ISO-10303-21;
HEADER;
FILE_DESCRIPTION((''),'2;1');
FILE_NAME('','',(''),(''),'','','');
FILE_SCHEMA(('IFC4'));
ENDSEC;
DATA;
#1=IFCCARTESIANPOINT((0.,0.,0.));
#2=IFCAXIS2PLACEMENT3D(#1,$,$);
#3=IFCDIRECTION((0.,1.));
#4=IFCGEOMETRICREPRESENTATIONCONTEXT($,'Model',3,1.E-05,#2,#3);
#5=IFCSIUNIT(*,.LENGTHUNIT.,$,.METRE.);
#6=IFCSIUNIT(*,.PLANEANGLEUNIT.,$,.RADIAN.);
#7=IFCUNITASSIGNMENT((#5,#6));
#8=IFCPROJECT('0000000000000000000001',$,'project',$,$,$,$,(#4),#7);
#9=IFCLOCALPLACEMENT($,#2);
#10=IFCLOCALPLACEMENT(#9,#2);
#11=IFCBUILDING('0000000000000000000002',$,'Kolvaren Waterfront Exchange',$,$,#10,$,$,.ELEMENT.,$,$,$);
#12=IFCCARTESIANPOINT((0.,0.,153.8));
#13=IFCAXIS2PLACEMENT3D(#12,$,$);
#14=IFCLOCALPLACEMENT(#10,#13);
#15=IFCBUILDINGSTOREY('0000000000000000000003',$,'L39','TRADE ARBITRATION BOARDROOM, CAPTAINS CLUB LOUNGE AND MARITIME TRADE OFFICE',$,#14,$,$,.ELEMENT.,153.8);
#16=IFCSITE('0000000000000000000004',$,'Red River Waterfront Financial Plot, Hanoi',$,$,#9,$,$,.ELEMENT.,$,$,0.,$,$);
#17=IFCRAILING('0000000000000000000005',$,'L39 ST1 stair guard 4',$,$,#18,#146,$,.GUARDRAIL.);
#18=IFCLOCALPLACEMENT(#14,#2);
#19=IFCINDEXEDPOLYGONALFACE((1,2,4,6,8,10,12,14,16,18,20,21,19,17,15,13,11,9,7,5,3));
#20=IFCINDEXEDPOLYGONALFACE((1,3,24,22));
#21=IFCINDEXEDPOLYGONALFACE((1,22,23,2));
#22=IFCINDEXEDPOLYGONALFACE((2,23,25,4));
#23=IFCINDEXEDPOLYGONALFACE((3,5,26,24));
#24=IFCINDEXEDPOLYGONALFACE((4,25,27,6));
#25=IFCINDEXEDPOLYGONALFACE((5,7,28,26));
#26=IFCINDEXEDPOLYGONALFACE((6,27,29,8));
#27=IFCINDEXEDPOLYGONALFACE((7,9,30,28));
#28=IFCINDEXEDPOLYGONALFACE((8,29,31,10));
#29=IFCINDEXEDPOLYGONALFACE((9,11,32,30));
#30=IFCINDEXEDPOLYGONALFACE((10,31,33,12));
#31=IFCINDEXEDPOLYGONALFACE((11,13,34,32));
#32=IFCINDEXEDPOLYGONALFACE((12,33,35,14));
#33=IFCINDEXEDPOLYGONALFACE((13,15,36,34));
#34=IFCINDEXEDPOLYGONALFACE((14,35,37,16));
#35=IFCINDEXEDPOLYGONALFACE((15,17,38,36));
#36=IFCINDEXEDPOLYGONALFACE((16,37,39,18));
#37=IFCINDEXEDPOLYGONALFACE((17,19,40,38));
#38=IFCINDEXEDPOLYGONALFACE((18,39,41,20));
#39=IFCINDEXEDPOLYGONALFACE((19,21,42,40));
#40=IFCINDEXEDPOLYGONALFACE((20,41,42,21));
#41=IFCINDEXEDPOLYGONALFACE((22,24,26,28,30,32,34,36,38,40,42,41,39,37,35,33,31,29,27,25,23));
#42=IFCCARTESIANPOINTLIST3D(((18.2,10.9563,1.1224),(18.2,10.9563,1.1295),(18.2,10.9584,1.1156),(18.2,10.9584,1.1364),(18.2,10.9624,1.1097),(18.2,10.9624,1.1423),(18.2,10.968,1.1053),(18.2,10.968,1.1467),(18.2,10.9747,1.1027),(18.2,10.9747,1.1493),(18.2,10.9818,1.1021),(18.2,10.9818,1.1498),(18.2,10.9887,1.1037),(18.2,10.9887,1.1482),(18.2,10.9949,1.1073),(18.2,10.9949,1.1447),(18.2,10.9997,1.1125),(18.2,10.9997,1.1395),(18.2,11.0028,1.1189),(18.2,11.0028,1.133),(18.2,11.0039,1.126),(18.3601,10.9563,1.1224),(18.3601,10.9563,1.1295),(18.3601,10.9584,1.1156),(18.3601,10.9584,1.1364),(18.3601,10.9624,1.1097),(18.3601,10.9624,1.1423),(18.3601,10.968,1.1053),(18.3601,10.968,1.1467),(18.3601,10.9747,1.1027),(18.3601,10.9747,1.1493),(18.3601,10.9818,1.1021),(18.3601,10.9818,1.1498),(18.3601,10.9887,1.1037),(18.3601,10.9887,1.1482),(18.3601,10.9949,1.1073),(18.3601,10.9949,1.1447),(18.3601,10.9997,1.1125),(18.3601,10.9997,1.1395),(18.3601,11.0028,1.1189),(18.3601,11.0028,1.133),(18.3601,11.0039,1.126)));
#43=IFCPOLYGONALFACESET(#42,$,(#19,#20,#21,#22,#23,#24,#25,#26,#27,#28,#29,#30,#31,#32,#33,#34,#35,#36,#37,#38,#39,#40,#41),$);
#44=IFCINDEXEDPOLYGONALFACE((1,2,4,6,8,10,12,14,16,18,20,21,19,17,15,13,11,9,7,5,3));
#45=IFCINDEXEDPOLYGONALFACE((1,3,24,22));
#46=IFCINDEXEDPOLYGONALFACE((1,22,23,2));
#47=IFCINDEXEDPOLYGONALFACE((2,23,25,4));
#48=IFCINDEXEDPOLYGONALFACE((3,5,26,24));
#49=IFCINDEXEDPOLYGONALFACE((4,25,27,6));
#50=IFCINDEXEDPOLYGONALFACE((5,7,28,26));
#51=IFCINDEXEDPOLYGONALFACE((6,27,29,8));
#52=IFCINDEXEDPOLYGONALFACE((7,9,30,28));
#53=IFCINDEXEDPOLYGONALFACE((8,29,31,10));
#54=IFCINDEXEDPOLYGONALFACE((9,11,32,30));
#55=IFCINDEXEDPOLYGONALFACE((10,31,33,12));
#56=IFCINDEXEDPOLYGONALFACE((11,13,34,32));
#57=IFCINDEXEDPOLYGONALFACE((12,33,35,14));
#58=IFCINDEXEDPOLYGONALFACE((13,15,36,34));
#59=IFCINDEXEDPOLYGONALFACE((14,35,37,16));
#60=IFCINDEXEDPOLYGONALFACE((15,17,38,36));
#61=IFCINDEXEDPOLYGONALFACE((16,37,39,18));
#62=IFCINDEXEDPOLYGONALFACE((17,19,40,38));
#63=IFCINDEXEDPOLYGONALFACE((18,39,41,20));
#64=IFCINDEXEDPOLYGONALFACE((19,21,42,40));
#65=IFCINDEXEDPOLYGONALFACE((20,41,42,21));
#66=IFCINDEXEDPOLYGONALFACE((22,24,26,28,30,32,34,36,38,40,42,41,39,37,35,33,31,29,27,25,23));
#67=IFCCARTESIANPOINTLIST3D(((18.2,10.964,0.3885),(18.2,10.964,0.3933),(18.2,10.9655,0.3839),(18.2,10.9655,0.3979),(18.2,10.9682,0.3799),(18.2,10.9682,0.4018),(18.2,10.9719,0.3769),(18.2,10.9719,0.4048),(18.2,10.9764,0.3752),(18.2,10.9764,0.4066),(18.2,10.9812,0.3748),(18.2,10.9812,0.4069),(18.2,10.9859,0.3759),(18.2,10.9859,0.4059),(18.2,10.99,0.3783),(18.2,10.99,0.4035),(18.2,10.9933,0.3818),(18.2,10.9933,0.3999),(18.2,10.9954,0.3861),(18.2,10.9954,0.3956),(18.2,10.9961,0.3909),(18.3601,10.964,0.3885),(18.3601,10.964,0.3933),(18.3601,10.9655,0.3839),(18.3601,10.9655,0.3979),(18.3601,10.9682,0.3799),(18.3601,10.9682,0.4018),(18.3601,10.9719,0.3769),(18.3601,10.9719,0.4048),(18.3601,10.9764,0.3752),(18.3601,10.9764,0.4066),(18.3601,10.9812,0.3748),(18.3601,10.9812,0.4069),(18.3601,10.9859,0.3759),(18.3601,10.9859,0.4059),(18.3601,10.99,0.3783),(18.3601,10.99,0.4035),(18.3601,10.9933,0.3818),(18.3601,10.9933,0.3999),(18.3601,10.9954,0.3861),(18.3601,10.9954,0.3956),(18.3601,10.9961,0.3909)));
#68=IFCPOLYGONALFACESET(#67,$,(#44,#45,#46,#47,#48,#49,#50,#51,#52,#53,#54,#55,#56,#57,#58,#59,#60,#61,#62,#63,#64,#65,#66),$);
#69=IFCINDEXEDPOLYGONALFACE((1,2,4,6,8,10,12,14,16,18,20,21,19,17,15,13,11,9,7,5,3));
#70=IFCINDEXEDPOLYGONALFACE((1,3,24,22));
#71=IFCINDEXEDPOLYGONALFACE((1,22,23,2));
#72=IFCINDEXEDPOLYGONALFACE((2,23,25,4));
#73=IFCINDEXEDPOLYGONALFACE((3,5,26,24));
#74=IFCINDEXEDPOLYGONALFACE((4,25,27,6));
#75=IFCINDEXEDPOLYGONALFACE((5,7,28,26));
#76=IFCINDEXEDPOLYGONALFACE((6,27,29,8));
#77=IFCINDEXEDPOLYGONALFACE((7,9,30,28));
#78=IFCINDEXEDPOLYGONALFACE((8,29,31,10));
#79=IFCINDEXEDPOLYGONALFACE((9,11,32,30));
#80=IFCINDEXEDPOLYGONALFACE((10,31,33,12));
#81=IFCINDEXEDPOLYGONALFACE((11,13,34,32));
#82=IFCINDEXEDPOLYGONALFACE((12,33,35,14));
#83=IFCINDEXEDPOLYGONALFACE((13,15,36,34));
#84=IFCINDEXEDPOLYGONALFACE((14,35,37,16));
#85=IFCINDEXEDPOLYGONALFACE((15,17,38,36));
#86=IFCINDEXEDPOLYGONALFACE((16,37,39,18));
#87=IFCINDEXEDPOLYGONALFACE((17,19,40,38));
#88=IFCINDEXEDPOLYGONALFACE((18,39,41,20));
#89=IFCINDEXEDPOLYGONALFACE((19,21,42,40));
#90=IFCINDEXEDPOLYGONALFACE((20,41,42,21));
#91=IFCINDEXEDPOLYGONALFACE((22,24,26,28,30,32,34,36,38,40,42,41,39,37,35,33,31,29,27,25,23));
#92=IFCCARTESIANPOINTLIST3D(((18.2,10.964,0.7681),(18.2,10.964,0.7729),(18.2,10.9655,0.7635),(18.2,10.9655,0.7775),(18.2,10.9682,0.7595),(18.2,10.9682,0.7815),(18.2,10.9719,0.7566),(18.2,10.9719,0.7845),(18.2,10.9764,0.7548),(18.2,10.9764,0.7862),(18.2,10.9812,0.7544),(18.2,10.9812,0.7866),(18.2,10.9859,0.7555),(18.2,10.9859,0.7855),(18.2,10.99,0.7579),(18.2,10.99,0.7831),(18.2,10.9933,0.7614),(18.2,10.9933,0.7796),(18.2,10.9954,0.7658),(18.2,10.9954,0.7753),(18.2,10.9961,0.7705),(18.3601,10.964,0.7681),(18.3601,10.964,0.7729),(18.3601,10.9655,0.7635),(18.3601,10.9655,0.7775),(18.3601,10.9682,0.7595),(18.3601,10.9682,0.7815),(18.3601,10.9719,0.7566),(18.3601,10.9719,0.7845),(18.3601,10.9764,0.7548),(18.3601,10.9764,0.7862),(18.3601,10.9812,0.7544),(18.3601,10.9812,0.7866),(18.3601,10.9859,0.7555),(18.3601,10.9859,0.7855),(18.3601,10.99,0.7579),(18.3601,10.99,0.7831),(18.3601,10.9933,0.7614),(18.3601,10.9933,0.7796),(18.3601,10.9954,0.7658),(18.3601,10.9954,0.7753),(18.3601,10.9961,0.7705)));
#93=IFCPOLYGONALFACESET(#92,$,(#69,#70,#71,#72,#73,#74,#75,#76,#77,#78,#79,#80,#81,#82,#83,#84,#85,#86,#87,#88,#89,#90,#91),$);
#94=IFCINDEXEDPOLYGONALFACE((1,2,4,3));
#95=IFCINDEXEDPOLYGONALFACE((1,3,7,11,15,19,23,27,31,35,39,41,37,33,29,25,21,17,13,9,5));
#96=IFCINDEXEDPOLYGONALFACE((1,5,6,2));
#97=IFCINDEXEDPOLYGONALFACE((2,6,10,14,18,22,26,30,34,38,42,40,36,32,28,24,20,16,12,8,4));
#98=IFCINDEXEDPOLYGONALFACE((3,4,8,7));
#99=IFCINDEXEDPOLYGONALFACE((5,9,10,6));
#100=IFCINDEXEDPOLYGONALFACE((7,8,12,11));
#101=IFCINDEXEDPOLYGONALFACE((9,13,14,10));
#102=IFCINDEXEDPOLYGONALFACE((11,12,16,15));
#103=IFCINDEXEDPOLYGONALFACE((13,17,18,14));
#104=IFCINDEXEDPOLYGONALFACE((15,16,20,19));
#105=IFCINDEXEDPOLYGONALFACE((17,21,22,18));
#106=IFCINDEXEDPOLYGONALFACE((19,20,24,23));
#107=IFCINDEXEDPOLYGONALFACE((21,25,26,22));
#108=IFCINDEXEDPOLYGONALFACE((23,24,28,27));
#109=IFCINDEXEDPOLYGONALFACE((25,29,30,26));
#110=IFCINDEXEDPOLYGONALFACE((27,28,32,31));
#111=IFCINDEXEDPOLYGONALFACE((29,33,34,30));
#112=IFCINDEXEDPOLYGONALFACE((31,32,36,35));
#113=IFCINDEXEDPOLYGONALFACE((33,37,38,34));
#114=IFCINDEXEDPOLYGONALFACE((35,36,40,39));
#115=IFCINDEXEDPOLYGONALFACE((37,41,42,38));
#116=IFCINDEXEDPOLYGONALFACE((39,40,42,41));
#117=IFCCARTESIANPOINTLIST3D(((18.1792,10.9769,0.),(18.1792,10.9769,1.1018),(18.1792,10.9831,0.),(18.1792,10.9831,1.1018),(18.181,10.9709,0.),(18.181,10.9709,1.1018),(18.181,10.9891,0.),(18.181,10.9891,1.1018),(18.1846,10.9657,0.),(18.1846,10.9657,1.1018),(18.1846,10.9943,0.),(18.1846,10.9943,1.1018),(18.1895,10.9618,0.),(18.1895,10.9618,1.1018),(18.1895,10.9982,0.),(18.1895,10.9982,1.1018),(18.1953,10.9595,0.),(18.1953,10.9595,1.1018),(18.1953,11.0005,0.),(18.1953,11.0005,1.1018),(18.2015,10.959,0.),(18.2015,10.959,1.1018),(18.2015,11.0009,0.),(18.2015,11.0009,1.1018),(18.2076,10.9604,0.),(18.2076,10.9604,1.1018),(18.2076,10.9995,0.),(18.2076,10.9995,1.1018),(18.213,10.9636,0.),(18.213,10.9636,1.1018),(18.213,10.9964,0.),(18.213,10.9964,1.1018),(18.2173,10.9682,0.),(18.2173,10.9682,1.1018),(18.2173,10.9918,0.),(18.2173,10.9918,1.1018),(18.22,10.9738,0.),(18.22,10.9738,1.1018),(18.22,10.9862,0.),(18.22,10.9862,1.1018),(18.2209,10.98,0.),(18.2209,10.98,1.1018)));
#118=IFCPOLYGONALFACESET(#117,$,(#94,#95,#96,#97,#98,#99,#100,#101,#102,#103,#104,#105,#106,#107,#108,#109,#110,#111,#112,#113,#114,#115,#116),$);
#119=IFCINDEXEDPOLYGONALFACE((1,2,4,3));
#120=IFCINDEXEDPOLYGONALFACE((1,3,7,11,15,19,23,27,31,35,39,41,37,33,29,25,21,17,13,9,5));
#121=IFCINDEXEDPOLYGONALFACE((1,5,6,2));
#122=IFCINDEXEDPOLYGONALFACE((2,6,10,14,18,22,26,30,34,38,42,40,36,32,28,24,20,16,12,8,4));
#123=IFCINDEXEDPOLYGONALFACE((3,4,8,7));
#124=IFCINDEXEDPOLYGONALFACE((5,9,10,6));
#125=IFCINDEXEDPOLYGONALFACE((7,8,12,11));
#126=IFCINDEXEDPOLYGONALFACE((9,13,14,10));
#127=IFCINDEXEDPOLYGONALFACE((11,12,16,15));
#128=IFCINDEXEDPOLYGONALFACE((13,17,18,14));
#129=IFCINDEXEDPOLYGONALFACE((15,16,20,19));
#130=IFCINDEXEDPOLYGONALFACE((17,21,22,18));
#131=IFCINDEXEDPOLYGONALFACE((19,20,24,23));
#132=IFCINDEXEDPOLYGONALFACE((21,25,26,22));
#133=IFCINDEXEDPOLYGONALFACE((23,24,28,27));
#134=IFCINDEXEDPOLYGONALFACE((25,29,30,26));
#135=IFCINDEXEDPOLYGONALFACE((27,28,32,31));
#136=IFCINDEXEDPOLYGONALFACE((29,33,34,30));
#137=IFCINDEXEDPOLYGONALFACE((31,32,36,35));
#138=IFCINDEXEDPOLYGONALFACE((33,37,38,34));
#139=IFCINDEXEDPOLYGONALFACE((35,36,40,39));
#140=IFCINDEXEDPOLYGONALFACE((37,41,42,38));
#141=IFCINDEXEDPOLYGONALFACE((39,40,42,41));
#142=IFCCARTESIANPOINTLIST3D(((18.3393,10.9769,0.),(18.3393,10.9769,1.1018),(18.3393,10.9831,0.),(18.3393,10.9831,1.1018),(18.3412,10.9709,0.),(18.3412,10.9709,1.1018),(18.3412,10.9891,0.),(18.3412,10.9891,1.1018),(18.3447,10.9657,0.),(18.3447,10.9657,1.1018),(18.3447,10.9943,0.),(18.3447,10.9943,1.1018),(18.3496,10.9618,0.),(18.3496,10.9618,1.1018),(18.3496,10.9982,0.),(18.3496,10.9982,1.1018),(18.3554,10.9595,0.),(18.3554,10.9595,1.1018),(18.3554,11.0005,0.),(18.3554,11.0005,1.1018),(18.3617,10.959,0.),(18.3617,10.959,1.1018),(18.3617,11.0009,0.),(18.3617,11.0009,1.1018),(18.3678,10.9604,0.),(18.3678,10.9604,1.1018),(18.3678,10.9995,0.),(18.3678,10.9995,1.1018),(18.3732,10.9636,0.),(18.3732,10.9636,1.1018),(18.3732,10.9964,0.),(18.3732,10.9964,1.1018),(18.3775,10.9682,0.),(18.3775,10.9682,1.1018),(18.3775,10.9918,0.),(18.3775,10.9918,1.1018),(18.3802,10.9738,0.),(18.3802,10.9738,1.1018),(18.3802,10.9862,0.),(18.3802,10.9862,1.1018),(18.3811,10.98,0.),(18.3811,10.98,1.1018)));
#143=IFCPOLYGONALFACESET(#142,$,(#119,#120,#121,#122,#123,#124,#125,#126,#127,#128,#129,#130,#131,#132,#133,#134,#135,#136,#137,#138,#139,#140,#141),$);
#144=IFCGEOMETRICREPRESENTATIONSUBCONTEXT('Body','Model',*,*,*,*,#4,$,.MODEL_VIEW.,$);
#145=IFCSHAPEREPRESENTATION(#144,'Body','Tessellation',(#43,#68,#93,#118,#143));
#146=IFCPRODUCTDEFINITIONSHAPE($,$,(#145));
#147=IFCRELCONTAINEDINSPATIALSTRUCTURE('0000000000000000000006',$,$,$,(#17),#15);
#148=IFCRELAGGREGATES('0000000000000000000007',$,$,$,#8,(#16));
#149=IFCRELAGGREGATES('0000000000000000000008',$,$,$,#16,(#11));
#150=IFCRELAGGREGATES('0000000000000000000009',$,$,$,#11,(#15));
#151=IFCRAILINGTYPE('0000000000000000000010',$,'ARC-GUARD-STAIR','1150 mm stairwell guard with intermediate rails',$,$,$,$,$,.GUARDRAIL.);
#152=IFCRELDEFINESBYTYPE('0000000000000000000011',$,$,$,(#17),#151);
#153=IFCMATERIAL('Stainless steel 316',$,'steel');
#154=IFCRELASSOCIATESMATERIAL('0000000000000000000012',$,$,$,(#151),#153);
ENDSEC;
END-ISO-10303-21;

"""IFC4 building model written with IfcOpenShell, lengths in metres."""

from ifc_helpers import new_model, si_unit, direction, frame, origin, origin_2d, place, context, subcontext, project, spatial, circle, extrude, material, type_object, element, save


model = new_model("IFC4")

# Units and contexts
model_context = context("Model", 3, precision=1e-05, world=origin(), true_north=direction((0.0, 1.0)))
body_context = subcontext(model_context, "Body", "Model", "MODEL_VIEW")
ifc_project = project(units=[si_unit("LENGTHUNIT", "METRE"), si_unit("PLANEANGLEUNIT", "RADIAN")], contexts=[model_context])

# Site, building, storey
site_placement = place(None, origin())
site = spatial("IfcSite", under=ifc_project, at=site_placement, Name="Red River Waterfront Financial Plot, Hanoi", CompositionType="ELEMENT", RefElevation=0.0)
building_placement = place(site_placement, origin())
building = spatial("IfcBuilding", under=site, at=building_placement, Name="Kolvaren Waterfront Exchange", CompositionType="ELEMENT")
storey_placement = place(building_placement, frame((0.0, 0.0, 153.8)))
storey = spatial("IfcBuildingStorey", under=building, at=storey_placement, Name="L39", Description="TRADE ARBITRATION BOARDROOM, CAPTAINS CLUB LOUNGE AND MARITIME TRADE OFFICE", CompositionType="ELEMENT", Elevation=153.8)

# Railing
ifc_material_1 = material(Name="Stainless steel 316", Category="steel")
railing_type_1 = type_object("IfcRailingType", Name="ARC-GUARD-STAIR", Description="1150 mm stairwell guard with intermediate rails", PredefinedType="GUARDRAIL", material=ifc_material_1)
railing_1_placement = place(storey_placement, frame((18.2, 10.98, 0.0)))
element("IfcRailing", 1, at=railing_1_placement, inside=storey, type_object=railing_type_1, Name="L39 ST1 stair guard 4", PredefinedType="GUARDRAIL", context=body_context, shape_type="SweptSolid", body=[
    extrude(circle(Radius=0.0239, at=origin_2d()), frame((0.0, 0.0, 1.126), z_axis=(1.0, 0.0, 0.0), x_axis=(0.0, 1.0, 0.0)), (0.0, 0.0, 1.0), 0.1602),
    extrude(circle(Radius=0.0161, at=origin_2d()), frame((0.0, 0.0, 0.3909), z_axis=(1.0, 0.0, 0.0), x_axis=(0.0, 1.0, 0.0)), (0.0, 0.0, 1.0), 0.1602),
    extrude(circle(Radius=0.0161, at=origin_2d()), frame((0.0, 0.0, 0.7705), z_axis=(1.0, 0.0, 0.0), x_axis=(0.0, 1.0, 0.0)), (0.0, 0.0, 1.0), 0.1602),
    extrude(circle(Radius=0.021, at=origin_2d()), origin(), (0.0, 0.0, 1.0), 1.1018),
    extrude(circle(Radius=0.021, at=origin_2d()), frame((0.1602, 0.0, 0.0)), (0.0, 0.0, 1.0), 1.1018),
])

save(model, "model.ifc")
